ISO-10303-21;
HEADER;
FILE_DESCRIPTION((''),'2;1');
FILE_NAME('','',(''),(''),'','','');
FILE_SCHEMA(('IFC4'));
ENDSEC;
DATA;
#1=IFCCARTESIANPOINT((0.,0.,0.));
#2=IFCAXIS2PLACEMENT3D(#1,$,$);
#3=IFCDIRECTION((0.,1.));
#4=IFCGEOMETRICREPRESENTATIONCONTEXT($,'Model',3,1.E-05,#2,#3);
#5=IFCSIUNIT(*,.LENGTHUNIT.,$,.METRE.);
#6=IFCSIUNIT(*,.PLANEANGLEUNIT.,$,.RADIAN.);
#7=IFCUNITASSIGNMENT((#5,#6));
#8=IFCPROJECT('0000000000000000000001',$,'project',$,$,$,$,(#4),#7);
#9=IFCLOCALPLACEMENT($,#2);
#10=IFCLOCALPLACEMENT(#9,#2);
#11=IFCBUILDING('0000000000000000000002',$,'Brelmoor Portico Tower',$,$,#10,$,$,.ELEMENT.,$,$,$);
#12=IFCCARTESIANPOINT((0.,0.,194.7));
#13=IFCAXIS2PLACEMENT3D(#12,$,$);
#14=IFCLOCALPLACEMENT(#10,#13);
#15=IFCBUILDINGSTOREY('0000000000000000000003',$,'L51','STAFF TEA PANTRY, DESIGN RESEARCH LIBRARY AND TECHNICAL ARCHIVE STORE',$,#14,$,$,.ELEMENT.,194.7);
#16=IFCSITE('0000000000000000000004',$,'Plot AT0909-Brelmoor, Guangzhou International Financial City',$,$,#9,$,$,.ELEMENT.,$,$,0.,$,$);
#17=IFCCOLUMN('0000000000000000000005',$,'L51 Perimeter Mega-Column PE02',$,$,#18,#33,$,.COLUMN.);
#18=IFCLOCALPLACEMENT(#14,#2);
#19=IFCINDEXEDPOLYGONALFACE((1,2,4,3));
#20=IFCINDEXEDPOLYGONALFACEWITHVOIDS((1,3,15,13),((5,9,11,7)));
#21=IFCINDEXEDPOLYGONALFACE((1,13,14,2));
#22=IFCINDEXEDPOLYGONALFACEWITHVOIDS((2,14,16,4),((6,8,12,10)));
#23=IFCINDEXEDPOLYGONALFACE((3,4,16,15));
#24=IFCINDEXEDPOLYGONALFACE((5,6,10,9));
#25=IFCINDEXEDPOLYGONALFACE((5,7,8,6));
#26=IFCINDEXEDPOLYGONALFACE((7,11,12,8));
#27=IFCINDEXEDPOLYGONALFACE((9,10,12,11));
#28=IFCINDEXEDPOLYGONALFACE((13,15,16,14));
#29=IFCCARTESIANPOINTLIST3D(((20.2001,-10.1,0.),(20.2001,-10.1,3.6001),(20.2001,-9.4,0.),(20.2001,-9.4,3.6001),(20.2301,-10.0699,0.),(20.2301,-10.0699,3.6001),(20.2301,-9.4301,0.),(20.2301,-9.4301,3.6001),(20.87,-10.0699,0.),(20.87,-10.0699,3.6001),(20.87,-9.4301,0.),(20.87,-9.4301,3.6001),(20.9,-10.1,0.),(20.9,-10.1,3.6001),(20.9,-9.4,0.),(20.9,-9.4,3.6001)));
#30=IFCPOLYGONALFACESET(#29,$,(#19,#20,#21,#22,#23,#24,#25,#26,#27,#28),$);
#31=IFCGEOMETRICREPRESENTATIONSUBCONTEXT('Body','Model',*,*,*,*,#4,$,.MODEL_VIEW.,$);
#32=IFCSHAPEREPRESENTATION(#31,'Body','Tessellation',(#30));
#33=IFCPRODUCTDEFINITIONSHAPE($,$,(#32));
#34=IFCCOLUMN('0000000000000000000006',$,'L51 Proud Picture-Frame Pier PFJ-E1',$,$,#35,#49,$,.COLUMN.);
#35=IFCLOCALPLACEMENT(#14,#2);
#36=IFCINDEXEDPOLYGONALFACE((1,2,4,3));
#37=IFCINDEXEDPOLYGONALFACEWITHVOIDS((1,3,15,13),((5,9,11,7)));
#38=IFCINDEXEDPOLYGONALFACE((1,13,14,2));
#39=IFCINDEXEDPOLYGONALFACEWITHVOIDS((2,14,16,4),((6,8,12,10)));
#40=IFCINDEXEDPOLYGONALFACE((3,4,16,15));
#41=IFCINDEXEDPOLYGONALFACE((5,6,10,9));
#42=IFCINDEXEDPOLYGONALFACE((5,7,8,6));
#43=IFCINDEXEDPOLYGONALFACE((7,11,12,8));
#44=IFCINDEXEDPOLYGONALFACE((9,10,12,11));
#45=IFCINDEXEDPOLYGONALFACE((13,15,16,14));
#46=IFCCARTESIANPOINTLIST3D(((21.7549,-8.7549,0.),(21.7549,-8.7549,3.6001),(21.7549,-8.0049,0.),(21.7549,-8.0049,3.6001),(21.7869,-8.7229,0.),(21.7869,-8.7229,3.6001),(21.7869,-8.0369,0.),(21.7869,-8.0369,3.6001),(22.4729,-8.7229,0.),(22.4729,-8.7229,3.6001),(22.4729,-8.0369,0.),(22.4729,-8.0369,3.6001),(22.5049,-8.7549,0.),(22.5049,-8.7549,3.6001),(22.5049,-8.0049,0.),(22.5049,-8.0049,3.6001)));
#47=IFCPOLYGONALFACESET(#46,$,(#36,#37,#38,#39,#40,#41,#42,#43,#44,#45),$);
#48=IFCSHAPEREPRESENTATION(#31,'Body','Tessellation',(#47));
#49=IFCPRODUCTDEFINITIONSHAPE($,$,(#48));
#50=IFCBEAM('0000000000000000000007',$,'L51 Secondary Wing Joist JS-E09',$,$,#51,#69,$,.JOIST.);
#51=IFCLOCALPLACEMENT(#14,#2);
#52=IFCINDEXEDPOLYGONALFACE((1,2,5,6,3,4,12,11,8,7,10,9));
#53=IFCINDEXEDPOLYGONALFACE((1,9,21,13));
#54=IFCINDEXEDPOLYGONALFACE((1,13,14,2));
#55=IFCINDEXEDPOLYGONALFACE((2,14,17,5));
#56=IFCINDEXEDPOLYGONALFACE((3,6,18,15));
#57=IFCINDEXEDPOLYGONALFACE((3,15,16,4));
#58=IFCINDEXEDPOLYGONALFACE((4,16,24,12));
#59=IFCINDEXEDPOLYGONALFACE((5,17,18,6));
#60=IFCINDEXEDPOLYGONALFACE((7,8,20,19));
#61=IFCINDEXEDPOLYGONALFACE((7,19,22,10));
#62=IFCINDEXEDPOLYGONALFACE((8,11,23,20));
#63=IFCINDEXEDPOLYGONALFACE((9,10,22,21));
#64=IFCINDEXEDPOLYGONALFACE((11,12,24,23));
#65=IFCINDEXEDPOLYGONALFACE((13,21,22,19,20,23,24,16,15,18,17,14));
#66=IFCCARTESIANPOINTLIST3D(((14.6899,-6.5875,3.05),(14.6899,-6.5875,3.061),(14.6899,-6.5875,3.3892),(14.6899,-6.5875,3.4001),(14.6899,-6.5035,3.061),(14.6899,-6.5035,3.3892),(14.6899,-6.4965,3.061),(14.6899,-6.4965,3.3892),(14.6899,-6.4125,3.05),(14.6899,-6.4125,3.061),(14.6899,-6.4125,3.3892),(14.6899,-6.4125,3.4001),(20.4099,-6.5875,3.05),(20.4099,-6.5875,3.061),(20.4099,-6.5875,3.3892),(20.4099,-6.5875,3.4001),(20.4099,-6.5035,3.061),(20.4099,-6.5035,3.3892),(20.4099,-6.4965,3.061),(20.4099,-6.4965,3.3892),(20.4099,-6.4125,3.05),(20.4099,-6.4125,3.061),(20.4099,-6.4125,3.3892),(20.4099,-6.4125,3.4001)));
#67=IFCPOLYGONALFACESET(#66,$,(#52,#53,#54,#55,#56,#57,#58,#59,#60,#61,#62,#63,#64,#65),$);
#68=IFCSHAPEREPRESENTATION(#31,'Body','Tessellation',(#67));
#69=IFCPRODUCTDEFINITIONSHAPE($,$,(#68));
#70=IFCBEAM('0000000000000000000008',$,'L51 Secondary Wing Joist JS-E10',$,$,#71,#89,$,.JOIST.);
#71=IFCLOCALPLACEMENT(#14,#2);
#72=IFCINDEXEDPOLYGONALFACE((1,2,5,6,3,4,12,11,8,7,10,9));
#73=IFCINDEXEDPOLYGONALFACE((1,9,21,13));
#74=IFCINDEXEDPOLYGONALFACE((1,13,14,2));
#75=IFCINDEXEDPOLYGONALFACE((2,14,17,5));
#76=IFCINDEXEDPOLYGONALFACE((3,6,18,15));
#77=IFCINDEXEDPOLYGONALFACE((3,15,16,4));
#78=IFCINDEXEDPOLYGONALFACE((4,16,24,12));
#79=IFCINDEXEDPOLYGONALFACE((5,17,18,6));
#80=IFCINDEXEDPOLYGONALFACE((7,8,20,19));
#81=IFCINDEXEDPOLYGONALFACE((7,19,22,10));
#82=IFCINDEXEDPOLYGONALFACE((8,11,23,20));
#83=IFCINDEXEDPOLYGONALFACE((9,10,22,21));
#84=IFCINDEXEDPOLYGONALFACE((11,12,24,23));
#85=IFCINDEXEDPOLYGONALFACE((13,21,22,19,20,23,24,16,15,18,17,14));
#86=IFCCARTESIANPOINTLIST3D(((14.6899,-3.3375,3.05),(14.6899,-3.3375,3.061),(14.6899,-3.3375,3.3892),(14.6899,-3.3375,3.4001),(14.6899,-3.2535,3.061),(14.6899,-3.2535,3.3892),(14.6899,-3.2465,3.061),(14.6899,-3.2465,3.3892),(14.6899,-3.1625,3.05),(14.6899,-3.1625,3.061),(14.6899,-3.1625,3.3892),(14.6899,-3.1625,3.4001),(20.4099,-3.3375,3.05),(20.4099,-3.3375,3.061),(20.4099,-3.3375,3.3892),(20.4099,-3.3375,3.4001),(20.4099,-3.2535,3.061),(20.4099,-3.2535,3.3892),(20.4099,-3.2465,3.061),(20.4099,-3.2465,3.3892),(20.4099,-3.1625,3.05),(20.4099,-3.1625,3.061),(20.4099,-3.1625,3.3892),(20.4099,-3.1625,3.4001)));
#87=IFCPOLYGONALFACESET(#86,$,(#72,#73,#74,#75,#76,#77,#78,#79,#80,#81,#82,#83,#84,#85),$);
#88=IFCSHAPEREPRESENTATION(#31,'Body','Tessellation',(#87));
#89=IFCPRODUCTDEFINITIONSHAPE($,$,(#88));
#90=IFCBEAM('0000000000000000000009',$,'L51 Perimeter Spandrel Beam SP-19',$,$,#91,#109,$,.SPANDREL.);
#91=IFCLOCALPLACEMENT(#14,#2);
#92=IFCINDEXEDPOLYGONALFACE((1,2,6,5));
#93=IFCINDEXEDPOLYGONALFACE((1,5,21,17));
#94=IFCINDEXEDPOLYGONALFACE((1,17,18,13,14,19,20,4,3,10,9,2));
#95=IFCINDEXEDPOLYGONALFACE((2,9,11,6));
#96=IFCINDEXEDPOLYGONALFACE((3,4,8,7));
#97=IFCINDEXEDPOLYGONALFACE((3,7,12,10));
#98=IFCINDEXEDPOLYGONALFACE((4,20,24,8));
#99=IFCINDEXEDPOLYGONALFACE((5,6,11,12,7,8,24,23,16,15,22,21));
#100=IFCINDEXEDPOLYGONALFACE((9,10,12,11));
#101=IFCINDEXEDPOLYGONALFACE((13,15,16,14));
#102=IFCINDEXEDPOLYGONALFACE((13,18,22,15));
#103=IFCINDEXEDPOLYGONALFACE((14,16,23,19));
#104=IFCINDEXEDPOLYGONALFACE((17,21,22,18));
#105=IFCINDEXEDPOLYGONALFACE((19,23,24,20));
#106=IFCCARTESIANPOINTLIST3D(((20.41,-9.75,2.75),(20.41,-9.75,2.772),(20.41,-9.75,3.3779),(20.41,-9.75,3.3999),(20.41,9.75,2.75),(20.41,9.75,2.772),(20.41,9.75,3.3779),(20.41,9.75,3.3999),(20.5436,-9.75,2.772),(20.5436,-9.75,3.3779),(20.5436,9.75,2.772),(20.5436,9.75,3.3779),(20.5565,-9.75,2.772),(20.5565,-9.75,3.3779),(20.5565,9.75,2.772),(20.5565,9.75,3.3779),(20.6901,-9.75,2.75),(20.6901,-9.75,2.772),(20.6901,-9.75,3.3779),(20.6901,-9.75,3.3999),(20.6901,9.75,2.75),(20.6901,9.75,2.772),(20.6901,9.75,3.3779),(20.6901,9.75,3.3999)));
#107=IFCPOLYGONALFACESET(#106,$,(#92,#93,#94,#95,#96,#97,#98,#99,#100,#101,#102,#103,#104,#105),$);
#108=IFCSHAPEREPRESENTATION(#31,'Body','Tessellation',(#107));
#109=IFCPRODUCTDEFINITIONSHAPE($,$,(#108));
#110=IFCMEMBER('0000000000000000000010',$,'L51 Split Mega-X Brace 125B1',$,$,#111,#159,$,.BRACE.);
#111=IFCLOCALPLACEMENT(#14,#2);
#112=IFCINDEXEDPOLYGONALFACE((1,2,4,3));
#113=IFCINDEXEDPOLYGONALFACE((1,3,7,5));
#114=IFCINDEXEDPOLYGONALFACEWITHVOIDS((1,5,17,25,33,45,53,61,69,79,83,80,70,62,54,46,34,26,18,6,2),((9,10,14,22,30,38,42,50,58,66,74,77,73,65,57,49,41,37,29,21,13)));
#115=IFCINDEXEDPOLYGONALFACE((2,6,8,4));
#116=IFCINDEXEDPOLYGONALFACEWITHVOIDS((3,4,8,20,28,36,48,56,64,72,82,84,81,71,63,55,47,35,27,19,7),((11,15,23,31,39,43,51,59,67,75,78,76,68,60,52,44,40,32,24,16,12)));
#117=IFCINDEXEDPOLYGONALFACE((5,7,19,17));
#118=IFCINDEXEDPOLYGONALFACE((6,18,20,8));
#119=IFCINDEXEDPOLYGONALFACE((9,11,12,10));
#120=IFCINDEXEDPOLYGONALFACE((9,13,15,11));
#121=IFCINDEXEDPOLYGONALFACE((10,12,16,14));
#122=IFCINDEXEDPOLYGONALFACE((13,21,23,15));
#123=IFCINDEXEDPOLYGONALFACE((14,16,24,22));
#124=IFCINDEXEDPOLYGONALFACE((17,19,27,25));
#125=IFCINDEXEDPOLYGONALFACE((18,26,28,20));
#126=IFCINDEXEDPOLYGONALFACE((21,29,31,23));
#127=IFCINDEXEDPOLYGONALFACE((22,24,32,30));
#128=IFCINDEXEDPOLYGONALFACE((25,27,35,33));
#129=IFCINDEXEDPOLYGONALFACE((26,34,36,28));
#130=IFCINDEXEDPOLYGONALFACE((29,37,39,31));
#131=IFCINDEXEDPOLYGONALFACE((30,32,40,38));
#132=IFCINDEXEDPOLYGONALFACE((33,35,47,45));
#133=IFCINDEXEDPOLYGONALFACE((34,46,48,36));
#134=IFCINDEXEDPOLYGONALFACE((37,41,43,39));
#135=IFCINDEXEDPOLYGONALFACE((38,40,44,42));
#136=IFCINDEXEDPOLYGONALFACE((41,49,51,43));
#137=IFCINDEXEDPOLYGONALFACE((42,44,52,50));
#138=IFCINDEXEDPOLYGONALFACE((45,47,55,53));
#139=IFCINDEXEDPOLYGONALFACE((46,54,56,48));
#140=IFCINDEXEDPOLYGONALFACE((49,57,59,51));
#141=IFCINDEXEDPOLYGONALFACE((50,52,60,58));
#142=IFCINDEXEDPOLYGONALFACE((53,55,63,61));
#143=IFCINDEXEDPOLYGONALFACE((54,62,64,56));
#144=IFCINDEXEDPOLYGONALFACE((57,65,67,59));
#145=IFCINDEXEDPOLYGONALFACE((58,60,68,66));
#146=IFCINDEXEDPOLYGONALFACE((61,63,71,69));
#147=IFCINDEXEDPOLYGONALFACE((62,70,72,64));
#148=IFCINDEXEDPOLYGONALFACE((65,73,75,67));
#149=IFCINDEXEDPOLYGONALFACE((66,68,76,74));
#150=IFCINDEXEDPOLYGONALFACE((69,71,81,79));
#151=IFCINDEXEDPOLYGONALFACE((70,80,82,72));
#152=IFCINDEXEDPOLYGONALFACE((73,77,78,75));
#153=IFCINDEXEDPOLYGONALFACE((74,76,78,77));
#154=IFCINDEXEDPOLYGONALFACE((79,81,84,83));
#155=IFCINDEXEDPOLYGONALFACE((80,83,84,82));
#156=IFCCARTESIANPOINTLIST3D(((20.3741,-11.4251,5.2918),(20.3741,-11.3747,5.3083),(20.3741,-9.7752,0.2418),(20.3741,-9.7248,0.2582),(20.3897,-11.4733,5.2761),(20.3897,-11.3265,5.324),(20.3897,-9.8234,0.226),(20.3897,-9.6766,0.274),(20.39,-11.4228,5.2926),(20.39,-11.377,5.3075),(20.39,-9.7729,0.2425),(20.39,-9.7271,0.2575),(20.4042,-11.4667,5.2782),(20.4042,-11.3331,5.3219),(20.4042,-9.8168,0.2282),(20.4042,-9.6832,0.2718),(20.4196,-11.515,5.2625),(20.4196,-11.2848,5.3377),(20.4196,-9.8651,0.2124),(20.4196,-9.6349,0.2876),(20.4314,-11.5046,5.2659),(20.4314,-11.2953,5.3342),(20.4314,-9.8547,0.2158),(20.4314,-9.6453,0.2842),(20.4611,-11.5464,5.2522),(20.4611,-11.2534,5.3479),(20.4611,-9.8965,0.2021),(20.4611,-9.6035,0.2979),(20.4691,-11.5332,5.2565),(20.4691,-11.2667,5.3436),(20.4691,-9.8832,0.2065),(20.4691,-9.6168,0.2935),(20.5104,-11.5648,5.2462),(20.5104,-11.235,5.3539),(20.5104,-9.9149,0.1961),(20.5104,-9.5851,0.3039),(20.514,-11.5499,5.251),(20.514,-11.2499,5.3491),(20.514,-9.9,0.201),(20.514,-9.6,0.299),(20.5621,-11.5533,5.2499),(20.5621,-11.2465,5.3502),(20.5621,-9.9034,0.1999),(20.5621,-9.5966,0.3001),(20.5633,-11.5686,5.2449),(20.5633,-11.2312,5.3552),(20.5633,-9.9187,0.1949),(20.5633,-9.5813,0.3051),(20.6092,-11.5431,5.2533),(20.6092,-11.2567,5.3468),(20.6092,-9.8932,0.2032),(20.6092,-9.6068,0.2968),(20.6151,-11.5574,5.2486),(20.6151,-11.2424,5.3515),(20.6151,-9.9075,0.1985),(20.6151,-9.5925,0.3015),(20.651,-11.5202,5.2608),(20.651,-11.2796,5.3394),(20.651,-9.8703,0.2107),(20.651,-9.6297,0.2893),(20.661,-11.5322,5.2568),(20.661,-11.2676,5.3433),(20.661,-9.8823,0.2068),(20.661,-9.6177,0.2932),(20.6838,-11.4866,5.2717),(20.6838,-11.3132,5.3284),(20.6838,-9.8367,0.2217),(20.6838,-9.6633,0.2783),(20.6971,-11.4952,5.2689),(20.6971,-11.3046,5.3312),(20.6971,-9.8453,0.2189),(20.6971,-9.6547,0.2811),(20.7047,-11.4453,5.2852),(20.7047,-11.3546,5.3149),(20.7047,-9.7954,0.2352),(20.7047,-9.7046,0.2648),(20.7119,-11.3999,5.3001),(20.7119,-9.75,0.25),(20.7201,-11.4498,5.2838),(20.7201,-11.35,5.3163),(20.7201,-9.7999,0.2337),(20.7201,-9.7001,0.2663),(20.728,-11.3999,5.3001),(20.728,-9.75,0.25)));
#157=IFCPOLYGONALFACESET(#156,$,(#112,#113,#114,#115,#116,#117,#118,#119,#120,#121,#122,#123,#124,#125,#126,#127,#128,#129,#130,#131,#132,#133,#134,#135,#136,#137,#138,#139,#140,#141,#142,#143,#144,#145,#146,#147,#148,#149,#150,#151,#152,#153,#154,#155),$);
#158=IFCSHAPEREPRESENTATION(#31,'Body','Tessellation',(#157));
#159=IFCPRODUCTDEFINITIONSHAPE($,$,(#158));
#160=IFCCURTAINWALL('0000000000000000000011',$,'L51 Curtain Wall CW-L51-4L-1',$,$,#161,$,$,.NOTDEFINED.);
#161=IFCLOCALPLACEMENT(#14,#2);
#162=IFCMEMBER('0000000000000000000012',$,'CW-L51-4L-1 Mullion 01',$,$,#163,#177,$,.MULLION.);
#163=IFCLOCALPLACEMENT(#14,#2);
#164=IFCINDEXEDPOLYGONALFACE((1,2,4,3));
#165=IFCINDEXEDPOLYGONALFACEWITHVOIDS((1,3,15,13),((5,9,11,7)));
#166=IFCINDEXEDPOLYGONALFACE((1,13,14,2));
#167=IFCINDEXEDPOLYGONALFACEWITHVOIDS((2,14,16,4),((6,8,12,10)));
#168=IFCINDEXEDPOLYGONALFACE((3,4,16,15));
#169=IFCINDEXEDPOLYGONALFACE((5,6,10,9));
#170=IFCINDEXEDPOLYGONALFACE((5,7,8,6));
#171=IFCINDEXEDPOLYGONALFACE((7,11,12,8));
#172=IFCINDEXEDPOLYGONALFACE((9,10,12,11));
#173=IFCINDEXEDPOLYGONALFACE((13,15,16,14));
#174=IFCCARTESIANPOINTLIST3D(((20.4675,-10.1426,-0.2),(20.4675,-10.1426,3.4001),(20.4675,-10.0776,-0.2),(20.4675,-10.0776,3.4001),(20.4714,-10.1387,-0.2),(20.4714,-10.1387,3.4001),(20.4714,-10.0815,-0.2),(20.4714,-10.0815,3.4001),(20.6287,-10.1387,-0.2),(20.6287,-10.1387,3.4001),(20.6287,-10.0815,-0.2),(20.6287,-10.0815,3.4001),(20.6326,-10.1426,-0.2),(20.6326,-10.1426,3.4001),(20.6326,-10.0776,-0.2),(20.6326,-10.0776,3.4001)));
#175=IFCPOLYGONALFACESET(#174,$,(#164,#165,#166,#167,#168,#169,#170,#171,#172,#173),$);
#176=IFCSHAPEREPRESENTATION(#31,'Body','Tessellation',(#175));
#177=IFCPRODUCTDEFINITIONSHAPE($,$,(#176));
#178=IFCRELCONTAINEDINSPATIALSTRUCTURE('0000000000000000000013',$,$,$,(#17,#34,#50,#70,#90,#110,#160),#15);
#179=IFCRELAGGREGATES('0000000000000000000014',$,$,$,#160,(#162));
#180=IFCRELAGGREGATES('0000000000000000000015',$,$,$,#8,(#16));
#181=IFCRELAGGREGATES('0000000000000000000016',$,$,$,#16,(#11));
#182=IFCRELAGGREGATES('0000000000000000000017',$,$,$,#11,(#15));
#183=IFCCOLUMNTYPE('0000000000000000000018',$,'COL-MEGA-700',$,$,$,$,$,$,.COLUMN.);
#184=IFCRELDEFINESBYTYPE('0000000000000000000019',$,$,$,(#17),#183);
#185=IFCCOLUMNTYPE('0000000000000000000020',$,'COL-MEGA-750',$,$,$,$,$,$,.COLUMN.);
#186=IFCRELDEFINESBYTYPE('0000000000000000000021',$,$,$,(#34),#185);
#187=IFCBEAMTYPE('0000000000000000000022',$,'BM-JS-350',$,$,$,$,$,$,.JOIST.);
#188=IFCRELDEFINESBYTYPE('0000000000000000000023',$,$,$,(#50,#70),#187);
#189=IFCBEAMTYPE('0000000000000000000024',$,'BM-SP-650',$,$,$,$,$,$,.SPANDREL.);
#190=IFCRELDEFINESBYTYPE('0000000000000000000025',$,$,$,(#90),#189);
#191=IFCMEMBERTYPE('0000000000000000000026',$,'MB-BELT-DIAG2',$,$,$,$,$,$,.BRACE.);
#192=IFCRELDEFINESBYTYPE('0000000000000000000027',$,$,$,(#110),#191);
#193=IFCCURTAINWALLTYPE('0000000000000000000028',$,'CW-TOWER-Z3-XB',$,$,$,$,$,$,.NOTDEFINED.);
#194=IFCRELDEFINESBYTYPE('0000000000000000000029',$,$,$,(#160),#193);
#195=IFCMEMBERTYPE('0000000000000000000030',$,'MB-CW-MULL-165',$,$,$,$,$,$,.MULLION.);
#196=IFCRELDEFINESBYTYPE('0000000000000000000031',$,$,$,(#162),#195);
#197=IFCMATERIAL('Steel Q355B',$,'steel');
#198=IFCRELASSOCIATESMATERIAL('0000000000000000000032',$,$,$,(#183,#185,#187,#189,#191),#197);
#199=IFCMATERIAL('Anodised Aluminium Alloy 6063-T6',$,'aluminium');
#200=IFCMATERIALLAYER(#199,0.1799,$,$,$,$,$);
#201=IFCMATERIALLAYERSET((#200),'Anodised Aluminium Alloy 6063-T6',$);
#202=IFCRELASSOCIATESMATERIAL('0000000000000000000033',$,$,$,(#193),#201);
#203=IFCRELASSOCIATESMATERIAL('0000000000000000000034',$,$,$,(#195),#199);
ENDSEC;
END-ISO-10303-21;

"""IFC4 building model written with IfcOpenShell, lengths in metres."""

from ifc_helpers import new_model, si_unit, direction, frame, origin, origin_2d, place, context, subcontext, project, spatial, hollow_rectangle, hollow_circle, i_section, extrude, material, layer, layer_set, material_profile, profile_set, type_object, element, aggregate, save


model = new_model("IFC4")

# Units and contexts
model_context = context("Model", 3, precision=1e-05, world=origin(), true_north=direction((0.0, 1.0)))
body_context = subcontext(model_context, "Body", "Model", "MODEL_VIEW")
ifc_project = project(units=[si_unit("LENGTHUNIT", "METRE"), si_unit("PLANEANGLEUNIT", "RADIAN")], contexts=[model_context])

# Site, building, storey
site_placement = place(None, origin())
site = spatial("IfcSite", under=ifc_project, at=site_placement, Name="Plot AT0909-Brelmoor, Guangzhou International Financial City", CompositionType="ELEMENT", RefElevation=0.0)
building_placement = place(site_placement, origin())
building = spatial("IfcBuilding", under=site, at=building_placement, Name="Brelmoor Portico Tower", CompositionType="ELEMENT")
storey_placement = place(building_placement, frame((0.0, 0.0, 194.7)))
storey = spatial("IfcBuildingStorey", under=building, at=storey_placement, Name="L51", Description="STAFF TEA PANTRY, DESIGN RESEARCH LIBRARY AND TECHNICAL ARCHIVE STORE", CompositionType="ELEMENT", Elevation=194.7)

# Columns
ifc_material_1 = material(Name="Steel Q355B", Category="steel")
ifc_material_profile_1 = material_profile(ifc_material_1, hollow_rectangle(XDim=0.7, YDim=0.7, WallThickness=0.03, at=origin_2d()), Name="BOX 700x700x30")
ifc_profile_set_1 = profile_set([ifc_material_profile_1], Name="Steel Q355B")
column_type_1 = type_object("IfcColumnType", Name="COL-MEGA-700", PredefinedType="COLUMN", material=ifc_profile_set_1)
column_1_placement = place(storey_placement, frame((20.55, -9.75, 0.0), z_axis=(0.0, 0.0, 1.0), x_axis=(0.0, 1.0, 0.0)))
element("IfcColumn", 1, at=column_1_placement, inside=storey, type_object=column_type_1, Name="L51 Perimeter Mega-Column PE02", PredefinedType="COLUMN", context=body_context, shape_type="SweptSolid", body=[
    extrude(hollow_rectangle(XDim=0.7, YDim=0.7, WallThickness=0.03, at=origin_2d()), origin(), (0.0, 0.0, 1.0), 3.6001),
])
ifc_material_profile_2 = material_profile(ifc_material_1, hollow_rectangle(XDim=0.75, YDim=0.75, WallThickness=0.032, at=origin_2d()), Name="BOX 750x750x32")
ifc_profile_set_2 = profile_set([ifc_material_profile_2], Name="Steel Q355B")
column_type_2 = type_object("IfcColumnType", Name="COL-MEGA-750", PredefinedType="COLUMN", material=ifc_profile_set_2)
column_2_placement = place(storey_placement, frame((22.1299, -8.3799, 0.0), z_axis=(0.0, 0.0, 1.0), x_axis=(0.0, 1.0, 0.0)))
element("IfcColumn", 2, at=column_2_placement, inside=storey, type_object=column_type_2, Name="L51 Proud Picture-Frame Pier PFJ-E1", PredefinedType="COLUMN", context=body_context, shape_type="SweptSolid", body=[
    extrude(hollow_rectangle(XDim=0.75, YDim=0.75, WallThickness=0.032, at=origin_2d()), origin(), (0.0, 0.0, 1.0), 3.6001),
])

# Beams
ifc_material_profile_3 = material_profile(ifc_material_1, i_section(OverallWidth=0.175, OverallDepth=0.3501, WebThickness=0.0071, FlangeThickness=0.011, at=origin_2d()), Name="HN 350x175x7x11")
ifc_profile_set_3 = profile_set([ifc_material_profile_3], Name="Steel Q355B")
beam_type_1 = type_object("IfcBeamType", Name="BM-JS-350", PredefinedType="JOIST", material=ifc_profile_set_3)
for number, where, z_axis, x_axis, name in (
    (3, (14.6899, -6.5, 3.2251), (1.0, 0.0, 0.0), (0.0, 1.0, 0.0), "L51 Secondary Wing Joist JS-E09"),
    (4, (14.6899, -3.25, 3.2251), (1.0, 0.0, 0.0), (0.0, 1.0, 0.0), "L51 Secondary Wing Joist JS-E10"),
):
    element("IfcBeam", number, at=place(storey_placement, frame(where, z_axis=z_axis, x_axis=x_axis)), inside=storey, type_object=beam_type_1, Name=name, PredefinedType="JOIST", context=body_context, shape_type="SweptSolid", body=[
        extrude(i_section(OverallWidth=0.175, OverallDepth=0.3501, WebThickness=0.0071, FlangeThickness=0.011, at=origin_2d()), origin(), (0.0, 0.0, 1.0), 5.72),
    ])
ifc_material_profile_4 = material_profile(ifc_material_1, i_section(OverallWidth=0.28, OverallDepth=0.6499, WebThickness=0.0129, FlangeThickness=0.022, at=origin_2d()), Name="HN 650x280x13x22")
ifc_profile_set_4 = profile_set([ifc_material_profile_4], Name="Steel Q355B")
beam_type_2 = type_object("IfcBeamType", Name="BM-SP-650", PredefinedType="SPANDREL", material=ifc_profile_set_4)
beam_placement = place(storey_placement, frame((20.55, -9.75, 3.075), z_axis=(0.0, 1.0, 0.0), x_axis=(-1.0, 0.0, 0.0)))
element("IfcBeam", 5, at=beam_placement, inside=storey, type_object=beam_type_2, Name="L51 Perimeter Spandrel Beam SP-19", PredefinedType="SPANDREL", context=body_context, shape_type="SweptSolid", body=[
    extrude(i_section(OverallWidth=0.28, OverallDepth=0.6499, WebThickness=0.0129, FlangeThickness=0.022, at=origin_2d()), origin(), (0.0, 0.0, 1.0), 19.5),
])

# Member
ifc_material_profile_5 = material_profile(ifc_material_1, hollow_circle(Radius=0.178, WallThickness=0.0161, at=origin_2d()), Name="CHS 356x16")
ifc_profile_set_5 = profile_set([ifc_material_profile_5], Name="Steel Q355B")
member_type_1 = type_object("IfcMemberType", Name="MB-BELT-DIAG2", PredefinedType="BRACE", material=ifc_profile_set_5)
member_1_placement = place(storey_placement, frame((20.55, -9.75, 0.25), z_axis=(0.0, -0.310556, 0.950555), x_axis=(1.0, 0.0, 0.0)))
element("IfcMember", 6, at=member_1_placement, inside=storey, type_object=member_type_1, Name="L51 Split Mega-X Brace 125B1", PredefinedType="BRACE", context=body_context, shape_type="SweptSolid", body=[
    extrude(hollow_circle(Radius=0.178, WallThickness=0.0161, at=origin_2d()), origin(), (0.0, 0.0, 1.0), 5.3127),
])

# Curtain wall, member
ifc_material_2 = material(Name="Anodised Aluminium Alloy 6063-T6", Category="aluminium")
ifc_layer_1 = layer(ifc_material_2, 0.1799)
ifc_layer_set_1 = layer_set([ifc_layer_1], Name="Anodised Aluminium Alloy 6063-T6")
curtain_wall_type_1 = type_object("IfcCurtainWallType", Name="CW-TOWER-Z3-XB", PredefinedType="NOTDEFINED", material=ifc_layer_set_1)
curtain_wall_1_placement = place(storey_placement, origin())
curtain_wall_1 = element("IfcCurtainWall", 7, at=curtain_wall_1_placement, inside=storey, type_object=curtain_wall_type_1, Name="L51 Curtain Wall CW-L51-4L-1", PredefinedType="NOTDEFINED")
ifc_material_profile_6 = material_profile(ifc_material_2, hollow_rectangle(XDim=0.0649, YDim=0.165, WallThickness=0.0039, at=origin_2d()), Name="ALU MULLION 65x165")
ifc_profile_set_6 = profile_set([ifc_material_profile_6], Name="Anodised Aluminium Alloy 6063-T6")
member_type_2 = type_object("IfcMemberType", Name="MB-CW-MULL-165", PredefinedType="MULLION", material=ifc_profile_set_6)
member_2_placement = place(storey_placement, frame((20.55, -10.1101, -0.2), z_axis=(0.0, 0.0, 1.0), x_axis=(0.0, 1.0, 0.0)))
member_2 = element("IfcMember", 8, at=member_2_placement, type_object=member_type_2, Name="CW-L51-4L-1 Mullion 01", PredefinedType="MULLION", context=body_context, shape_type="SweptSolid", body=[
    extrude(hollow_rectangle(XDim=0.0649, YDim=0.165, WallThickness=0.0039, at=origin_2d()), origin(), (0.0, 0.0, 1.0), 3.6001),
])
aggregate(curtain_wall_1, [member_2])

save(model, "model.ifc")
